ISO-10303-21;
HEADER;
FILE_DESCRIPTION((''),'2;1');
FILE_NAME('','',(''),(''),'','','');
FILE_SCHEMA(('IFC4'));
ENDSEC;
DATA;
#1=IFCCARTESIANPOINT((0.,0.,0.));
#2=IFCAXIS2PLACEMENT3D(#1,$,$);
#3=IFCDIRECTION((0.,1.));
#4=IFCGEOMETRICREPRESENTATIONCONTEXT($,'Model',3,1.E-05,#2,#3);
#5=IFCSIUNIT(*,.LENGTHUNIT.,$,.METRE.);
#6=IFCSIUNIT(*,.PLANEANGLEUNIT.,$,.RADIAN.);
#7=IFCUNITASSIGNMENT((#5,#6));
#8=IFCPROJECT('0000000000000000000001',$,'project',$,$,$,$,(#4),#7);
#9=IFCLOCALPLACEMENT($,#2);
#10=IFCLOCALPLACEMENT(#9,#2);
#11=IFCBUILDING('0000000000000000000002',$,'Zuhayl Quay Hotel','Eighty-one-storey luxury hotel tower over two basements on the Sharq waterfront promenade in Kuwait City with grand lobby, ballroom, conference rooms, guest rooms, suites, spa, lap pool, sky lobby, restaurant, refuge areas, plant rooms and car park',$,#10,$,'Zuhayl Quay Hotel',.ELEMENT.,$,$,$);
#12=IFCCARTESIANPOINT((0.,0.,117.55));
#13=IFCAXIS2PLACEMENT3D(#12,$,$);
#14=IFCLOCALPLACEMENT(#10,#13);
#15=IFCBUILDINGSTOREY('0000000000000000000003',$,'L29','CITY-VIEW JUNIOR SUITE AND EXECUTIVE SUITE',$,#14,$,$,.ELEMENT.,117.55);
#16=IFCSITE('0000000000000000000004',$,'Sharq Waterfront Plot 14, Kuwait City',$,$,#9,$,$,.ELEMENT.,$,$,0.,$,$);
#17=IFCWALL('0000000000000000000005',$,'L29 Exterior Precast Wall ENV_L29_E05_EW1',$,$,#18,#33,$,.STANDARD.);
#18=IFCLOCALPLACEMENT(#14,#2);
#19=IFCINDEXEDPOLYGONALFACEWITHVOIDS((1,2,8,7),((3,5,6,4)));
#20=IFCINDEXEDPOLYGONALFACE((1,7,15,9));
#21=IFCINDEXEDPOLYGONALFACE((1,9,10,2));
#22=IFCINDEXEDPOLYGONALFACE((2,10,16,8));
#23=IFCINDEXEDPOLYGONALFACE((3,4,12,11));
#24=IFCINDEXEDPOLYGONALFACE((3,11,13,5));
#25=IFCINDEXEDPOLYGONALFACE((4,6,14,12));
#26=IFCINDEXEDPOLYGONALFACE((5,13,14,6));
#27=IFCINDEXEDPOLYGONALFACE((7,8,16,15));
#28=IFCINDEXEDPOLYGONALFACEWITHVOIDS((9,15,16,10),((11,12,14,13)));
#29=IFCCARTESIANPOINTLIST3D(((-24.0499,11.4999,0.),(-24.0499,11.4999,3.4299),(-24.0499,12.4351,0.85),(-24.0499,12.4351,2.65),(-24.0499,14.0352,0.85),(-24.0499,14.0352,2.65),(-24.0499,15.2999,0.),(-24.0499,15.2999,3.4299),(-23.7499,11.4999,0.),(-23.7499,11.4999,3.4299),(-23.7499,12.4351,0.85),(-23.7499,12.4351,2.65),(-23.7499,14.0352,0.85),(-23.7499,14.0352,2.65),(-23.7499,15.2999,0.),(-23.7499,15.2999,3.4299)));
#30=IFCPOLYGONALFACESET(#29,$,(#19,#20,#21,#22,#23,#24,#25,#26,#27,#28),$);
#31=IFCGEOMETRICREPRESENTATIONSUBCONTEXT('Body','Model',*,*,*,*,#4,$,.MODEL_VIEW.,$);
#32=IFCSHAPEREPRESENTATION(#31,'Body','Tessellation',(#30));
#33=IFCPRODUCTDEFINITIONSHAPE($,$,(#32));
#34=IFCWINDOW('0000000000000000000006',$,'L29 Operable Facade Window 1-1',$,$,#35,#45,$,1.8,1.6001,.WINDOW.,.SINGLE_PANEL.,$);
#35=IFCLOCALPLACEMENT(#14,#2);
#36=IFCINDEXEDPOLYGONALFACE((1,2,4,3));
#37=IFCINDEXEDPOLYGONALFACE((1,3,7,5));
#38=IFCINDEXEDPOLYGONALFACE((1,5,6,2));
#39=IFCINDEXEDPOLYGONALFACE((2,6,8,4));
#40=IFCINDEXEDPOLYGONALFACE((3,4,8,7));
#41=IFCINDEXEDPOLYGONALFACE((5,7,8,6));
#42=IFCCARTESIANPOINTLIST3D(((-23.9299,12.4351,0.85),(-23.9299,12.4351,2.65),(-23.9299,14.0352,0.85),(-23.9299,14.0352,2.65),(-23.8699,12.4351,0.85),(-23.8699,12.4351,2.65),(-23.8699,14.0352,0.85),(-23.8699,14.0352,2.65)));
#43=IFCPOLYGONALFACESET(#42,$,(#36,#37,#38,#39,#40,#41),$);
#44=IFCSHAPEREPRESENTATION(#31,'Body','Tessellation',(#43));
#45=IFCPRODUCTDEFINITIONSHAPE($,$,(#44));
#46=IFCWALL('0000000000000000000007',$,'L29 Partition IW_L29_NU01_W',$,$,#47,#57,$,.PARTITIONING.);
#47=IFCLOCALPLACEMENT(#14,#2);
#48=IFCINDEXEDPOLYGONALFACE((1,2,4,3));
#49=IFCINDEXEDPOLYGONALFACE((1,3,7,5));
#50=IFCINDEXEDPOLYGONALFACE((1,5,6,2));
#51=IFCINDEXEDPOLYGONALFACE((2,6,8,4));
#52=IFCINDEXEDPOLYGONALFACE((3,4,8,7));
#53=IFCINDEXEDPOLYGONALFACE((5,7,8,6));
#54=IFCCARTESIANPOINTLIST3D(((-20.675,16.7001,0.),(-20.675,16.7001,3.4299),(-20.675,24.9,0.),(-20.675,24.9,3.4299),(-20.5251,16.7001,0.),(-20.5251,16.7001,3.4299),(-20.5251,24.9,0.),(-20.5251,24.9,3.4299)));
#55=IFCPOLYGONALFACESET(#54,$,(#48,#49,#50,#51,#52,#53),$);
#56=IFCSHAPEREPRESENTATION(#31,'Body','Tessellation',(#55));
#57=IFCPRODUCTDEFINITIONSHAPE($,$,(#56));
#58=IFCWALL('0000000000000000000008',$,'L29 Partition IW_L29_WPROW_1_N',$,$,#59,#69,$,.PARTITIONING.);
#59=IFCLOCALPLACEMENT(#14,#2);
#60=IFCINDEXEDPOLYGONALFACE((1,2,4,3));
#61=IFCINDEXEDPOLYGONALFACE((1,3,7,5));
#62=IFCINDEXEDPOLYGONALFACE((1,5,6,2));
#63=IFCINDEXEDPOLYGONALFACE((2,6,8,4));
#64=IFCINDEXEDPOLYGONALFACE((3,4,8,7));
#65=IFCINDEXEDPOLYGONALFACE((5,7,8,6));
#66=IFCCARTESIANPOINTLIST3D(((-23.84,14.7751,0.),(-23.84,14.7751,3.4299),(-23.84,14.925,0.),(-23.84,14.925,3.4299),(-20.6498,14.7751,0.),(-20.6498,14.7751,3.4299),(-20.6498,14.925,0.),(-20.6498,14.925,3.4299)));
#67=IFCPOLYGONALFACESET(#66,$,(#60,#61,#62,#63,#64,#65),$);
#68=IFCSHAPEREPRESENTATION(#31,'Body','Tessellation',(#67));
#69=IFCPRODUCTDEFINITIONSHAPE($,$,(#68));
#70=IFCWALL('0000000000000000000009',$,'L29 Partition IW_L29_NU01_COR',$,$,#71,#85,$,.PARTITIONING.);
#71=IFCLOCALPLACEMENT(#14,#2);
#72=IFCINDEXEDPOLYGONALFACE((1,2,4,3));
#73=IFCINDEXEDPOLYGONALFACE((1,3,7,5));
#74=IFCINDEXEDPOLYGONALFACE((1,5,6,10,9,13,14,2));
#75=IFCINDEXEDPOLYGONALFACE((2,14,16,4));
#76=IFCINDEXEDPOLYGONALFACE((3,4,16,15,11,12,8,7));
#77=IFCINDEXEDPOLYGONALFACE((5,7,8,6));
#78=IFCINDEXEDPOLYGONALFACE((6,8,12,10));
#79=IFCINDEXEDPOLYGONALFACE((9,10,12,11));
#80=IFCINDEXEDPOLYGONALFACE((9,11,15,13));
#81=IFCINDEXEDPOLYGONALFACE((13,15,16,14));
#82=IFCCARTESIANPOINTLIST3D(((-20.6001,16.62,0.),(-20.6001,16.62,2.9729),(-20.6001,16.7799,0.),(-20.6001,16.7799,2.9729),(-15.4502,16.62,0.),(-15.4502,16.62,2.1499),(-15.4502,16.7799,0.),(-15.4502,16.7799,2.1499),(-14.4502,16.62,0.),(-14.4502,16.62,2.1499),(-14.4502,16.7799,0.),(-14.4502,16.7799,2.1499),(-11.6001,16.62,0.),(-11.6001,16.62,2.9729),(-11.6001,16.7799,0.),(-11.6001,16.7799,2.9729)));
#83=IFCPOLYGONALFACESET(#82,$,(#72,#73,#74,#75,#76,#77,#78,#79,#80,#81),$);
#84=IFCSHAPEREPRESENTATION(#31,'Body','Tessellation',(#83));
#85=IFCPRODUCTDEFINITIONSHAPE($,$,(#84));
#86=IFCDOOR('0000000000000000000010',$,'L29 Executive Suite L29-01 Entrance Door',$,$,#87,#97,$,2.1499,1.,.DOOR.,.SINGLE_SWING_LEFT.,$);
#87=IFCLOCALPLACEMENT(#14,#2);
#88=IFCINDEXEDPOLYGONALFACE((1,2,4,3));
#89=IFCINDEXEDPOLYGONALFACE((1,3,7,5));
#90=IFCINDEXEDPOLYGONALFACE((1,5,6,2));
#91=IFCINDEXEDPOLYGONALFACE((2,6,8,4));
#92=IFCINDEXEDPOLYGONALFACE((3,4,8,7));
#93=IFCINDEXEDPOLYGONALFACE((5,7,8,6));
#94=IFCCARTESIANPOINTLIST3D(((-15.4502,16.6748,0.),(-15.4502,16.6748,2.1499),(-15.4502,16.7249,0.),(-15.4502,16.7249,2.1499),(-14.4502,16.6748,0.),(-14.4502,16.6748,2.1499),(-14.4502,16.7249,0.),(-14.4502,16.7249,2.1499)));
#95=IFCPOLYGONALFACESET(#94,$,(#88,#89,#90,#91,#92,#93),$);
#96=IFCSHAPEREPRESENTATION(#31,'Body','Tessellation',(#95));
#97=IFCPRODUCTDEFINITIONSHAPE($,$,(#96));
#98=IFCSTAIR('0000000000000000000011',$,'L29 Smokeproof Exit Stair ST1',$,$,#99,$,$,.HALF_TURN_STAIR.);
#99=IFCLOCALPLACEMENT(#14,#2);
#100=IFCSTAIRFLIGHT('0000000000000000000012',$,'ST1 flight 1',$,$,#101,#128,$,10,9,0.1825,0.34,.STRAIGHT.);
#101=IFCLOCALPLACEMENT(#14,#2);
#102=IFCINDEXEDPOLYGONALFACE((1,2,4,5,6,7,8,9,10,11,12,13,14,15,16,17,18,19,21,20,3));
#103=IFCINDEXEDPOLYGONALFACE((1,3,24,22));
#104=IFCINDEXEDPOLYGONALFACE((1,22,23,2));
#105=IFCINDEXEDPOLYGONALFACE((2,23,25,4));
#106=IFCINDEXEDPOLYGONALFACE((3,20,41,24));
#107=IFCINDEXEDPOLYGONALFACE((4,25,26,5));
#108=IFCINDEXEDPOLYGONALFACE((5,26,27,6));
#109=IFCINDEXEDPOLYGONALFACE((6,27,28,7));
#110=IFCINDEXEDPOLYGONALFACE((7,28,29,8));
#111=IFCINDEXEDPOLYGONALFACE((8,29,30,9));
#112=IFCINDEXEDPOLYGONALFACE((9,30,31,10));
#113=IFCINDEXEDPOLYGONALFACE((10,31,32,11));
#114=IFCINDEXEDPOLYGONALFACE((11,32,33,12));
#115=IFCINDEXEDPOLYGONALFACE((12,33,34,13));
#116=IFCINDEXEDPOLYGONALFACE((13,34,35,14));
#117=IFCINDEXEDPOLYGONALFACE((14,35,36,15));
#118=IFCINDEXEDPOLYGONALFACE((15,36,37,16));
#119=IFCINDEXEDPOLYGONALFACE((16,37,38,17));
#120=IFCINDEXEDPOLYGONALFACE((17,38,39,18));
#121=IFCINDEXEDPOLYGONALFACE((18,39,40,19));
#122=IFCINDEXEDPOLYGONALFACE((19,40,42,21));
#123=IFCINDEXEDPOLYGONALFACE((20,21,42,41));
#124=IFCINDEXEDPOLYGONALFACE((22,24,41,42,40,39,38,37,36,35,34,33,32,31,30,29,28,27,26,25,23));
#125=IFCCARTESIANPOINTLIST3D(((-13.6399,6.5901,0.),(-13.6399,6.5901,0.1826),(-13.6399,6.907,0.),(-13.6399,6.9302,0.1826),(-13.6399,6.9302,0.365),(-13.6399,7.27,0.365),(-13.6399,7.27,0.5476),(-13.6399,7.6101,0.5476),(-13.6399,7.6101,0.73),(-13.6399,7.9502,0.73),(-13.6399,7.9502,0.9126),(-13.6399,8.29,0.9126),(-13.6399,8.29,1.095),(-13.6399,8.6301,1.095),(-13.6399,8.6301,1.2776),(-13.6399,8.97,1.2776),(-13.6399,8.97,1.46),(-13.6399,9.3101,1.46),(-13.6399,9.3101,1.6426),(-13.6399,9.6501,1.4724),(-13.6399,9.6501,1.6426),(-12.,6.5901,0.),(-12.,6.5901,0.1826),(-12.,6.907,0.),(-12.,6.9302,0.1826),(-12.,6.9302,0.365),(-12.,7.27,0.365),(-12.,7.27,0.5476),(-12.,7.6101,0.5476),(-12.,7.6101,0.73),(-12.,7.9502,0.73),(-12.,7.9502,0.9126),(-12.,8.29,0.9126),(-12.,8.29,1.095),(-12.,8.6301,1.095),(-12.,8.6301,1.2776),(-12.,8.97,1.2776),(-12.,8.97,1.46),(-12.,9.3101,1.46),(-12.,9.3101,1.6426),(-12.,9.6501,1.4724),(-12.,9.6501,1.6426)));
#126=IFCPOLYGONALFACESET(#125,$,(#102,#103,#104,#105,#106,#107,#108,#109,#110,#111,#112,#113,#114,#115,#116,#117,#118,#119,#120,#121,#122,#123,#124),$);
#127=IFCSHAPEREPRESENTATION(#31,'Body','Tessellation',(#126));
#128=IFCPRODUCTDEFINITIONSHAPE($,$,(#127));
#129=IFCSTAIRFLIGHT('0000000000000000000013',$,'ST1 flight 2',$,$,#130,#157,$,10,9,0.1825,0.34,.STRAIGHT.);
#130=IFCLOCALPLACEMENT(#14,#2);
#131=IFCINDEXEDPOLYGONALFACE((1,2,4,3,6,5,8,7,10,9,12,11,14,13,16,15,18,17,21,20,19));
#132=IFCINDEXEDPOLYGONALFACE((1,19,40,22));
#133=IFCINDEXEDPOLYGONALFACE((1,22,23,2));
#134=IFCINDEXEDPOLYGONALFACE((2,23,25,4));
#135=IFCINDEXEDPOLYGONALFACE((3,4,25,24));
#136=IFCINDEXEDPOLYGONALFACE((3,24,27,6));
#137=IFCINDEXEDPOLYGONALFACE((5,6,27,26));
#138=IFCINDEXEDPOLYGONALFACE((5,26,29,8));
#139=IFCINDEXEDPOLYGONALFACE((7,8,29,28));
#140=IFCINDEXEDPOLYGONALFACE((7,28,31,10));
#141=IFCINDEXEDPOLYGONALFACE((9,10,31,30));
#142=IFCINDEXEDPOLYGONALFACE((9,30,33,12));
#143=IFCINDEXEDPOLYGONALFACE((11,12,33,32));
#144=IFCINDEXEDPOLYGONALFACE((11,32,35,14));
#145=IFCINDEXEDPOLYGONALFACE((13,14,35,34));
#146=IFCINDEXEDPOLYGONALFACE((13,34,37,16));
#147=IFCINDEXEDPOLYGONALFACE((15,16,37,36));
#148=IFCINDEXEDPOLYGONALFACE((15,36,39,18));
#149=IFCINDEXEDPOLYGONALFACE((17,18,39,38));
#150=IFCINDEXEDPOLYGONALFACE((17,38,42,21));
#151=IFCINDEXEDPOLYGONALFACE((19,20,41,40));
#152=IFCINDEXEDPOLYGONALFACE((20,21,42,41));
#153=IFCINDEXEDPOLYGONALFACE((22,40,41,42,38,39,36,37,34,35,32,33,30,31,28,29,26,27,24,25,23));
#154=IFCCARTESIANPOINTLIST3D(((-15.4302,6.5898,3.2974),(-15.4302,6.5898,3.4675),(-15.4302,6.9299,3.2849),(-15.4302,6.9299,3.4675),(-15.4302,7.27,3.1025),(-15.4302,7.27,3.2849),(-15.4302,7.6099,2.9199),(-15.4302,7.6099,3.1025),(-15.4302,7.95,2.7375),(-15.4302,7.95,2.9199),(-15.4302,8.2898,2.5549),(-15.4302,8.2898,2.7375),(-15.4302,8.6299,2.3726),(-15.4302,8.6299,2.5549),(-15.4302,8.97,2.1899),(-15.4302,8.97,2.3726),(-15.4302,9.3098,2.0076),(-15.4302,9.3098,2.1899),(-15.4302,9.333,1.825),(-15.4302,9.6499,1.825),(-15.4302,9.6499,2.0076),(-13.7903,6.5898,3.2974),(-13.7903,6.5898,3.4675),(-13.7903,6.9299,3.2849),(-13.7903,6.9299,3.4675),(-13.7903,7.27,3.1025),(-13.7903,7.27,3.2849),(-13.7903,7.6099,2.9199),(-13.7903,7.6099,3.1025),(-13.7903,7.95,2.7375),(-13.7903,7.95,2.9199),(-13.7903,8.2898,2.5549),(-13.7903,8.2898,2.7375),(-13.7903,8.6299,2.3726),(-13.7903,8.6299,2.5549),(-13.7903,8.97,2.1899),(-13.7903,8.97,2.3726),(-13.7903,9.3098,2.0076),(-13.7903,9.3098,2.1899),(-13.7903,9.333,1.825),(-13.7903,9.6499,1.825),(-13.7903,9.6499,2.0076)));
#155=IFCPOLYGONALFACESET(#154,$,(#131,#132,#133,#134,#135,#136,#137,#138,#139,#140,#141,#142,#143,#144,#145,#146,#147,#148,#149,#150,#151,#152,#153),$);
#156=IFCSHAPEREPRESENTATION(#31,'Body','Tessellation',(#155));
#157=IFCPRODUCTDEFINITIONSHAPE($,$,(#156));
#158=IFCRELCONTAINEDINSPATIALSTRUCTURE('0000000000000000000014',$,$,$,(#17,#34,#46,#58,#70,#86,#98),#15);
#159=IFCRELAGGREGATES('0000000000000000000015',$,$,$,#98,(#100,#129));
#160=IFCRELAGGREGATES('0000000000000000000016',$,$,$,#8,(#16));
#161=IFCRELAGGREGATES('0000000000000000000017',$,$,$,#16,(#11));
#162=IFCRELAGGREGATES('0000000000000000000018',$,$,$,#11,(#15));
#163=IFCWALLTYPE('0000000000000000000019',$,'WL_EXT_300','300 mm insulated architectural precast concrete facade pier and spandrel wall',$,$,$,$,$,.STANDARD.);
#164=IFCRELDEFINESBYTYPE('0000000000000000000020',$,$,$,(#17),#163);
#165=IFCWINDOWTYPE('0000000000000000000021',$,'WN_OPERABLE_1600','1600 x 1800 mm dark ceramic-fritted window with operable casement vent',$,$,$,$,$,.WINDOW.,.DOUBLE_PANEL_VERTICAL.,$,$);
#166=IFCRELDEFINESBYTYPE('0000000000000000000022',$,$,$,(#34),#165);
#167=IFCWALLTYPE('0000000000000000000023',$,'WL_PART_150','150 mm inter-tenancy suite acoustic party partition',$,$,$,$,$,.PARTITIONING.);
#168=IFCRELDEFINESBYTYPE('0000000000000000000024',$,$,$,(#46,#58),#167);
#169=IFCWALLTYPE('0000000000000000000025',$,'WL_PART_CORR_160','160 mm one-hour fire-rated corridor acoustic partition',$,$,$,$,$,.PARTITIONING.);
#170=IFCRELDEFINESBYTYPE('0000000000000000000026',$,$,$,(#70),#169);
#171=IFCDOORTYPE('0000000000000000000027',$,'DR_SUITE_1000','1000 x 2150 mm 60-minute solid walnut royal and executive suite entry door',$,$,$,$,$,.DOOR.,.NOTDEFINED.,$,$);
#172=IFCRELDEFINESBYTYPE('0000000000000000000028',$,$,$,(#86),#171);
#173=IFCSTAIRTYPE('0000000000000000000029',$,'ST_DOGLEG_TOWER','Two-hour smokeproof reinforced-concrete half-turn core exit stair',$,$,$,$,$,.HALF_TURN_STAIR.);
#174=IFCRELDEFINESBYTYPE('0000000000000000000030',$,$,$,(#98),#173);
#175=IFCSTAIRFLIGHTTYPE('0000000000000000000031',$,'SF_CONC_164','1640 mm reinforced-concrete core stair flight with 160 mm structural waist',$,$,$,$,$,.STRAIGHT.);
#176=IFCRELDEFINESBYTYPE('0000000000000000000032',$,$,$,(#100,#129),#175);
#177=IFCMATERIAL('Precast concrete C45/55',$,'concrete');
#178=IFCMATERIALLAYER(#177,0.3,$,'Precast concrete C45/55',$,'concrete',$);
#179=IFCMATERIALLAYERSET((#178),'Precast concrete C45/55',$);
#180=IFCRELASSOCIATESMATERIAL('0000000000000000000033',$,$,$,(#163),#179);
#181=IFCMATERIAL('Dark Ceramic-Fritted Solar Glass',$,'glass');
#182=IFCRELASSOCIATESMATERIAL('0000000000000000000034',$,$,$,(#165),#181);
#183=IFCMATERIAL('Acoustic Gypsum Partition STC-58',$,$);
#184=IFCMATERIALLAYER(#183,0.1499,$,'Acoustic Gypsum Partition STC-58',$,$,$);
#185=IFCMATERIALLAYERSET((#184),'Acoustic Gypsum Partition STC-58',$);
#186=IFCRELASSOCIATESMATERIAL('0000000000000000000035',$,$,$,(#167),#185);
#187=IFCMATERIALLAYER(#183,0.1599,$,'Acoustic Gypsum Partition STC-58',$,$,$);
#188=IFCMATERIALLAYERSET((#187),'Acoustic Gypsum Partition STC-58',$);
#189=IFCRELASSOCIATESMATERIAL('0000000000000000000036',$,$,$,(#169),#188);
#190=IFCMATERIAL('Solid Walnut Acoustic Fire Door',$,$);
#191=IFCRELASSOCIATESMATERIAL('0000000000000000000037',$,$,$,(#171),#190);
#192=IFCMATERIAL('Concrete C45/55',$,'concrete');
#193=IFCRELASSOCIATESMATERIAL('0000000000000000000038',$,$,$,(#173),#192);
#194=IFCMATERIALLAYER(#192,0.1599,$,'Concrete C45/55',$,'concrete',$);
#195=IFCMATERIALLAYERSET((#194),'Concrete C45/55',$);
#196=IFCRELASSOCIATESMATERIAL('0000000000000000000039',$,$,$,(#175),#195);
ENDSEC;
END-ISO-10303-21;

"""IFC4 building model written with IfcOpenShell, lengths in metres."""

from ifc_helpers import new_model, si_unit, direction, frame, frame_2d, origin, place, context, subcontext, project, spatial, polyline, rectangle, outline, extrude, material, layer, layer_set, type_object, element, fill, aggregate, save


model = new_model("IFC4")

# Units and contexts
model_context = context("Model", 3, precision=1e-05, world=origin(), true_north=direction((0.0, 1.0)))
body_context = subcontext(model_context, "Body", "Model", "MODEL_VIEW")
ifc_project = project(units=[si_unit("LENGTHUNIT", "METRE"), si_unit("PLANEANGLEUNIT", "RADIAN")], contexts=[model_context])

# Site, building, storey
site_placement = place(None, origin())
site = spatial("IfcSite", under=ifc_project, at=site_placement, Name="Sharq Waterfront Plot 14, Kuwait City", CompositionType="ELEMENT", RefElevation=0.0)
building_placement = place(site_placement, origin())
building = spatial("IfcBuilding", under=site, at=building_placement, Name="Zuhayl Quay Hotel", Description="Eighty-one-storey luxury hotel tower over two basements on the Sharq waterfront promenade in Kuwait City with grand lobby, ballroom, conference rooms, guest rooms, suites, spa, lap pool, sky lobby, restaurant, refuge areas, plant rooms and car park", LongName="Zuhayl Quay Hotel", CompositionType="ELEMENT")
storey_placement = place(building_placement, frame((0.0, 0.0, 117.55)))
storey = spatial("IfcBuildingStorey", under=building, at=storey_placement, Name="L29", Description="CITY-VIEW JUNIOR SUITE AND EXECUTIVE SUITE", CompositionType="ELEMENT", Elevation=117.55)

# Shared definitions
ifc_material_1 = material(Name="Precast concrete C45/55", Category="concrete")
ifc_layer_1 = layer(ifc_material_1, 0.3, Name="Precast concrete C45/55", Category="concrete")
ifc_layer_set_1 = layer_set([ifc_layer_1], Name="Precast concrete C45/55")
wall_type_1 = type_object("IfcWallType", Name="WL_EXT_300", Description="300 mm insulated architectural precast concrete facade pier and spandrel wall", PredefinedType="STANDARD", material=ifc_layer_set_1)

# Wall, opening, window
wall_1_placement = place(storey_placement, frame((-23.8999, 11.5, 0.0), z_axis=(0.0, 0.0, 1.0), x_axis=(0.0, 1.0, 0.0)))
wall_1 = element("IfcWall", 1, at=wall_1_placement, inside=storey, type_object=wall_type_1, Name="L29 Exterior Precast Wall ENV_L29_E05_EW1", PredefinedType="STANDARD", context=body_context, shape_type="SweptSolid", body=[
    extrude(rectangle(XDim=3.8, YDim=0.3, at=frame_2d((1.8999, 0.0))), origin(), (0.0, 0.0, 1.0), 3.4299),
])
opening_1_placement = place(wall_1_placement, frame((0.9351, 0.0, 0.8501)))
opening_1 = element("IfcOpeningElement", 2, at=opening_1_placement, cuts=wall_1, PredefinedType="OPENING", context=body_context, shape_type="SweptSolid", body=[
    extrude(rectangle(XDim=1.6001, YDim=1.8, at=frame_2d((0.8, 0.8999))), frame((0.0, 0.1599, 0.0), z_axis=(0.0, -1.0, 0.0), x_axis=(1.0, 0.0, 0.0)), (0.0, 0.0, 1.0), 0.3201),
])
ifc_material_2 = material(Name="Dark Ceramic-Fritted Solar Glass", Category="glass")
window_type = type_object("IfcWindowType", Name="WN_OPERABLE_1600", Description="1600 x 1800 mm dark ceramic-fritted window with operable casement vent", PartitioningType="DOUBLE_PANEL_VERTICAL", PredefinedType="WINDOW", material=ifc_material_2)
window_placement = place(opening_1_placement, origin())
window = element("IfcWindow", 3, at=window_placement, inside=storey, type_object=window_type, Name="L29 Operable Facade Window 1-1", OverallHeight=1.8, OverallWidth=1.6001, PartitioningType="SINGLE_PANEL", PredefinedType="WINDOW", context=body_context, shape_type="SweptSolid", body=[
    extrude(rectangle(XDim=1.6001, YDim=1.8, at=frame_2d((0.8, 0.8999))), frame((0.0, 0.03, 0.0), z_axis=(0.0, -1.0, 0.0), x_axis=(1.0, 0.0, 0.0)), (0.0, 0.0, 1.0), 0.0601),
])
fill(opening_1, window)

# Walls
ifc_material_3 = material(Name="Acoustic Gypsum Partition STC-58")
ifc_layer_2 = layer(ifc_material_3, 0.1499, Name="Acoustic Gypsum Partition STC-58")
ifc_layer_set_2 = layer_set([ifc_layer_2], Name="Acoustic Gypsum Partition STC-58")
wall_type_2 = type_object("IfcWallType", Name="WL_PART_150", Description="150 mm inter-tenancy suite acoustic party partition", PredefinedType="PARTITIONING", material=ifc_layer_set_2)
wall_2_placement = place(storey_placement, frame((-20.6001, 16.7, 0.0), z_axis=(0.0, 0.0, 1.0), x_axis=(0.0, 1.0, 0.0)))
element("IfcWall", 4, at=wall_2_placement, inside=storey, type_object=wall_type_2, Name="L29 Partition IW_L29_NU01_W", PredefinedType="PARTITIONING", context=body_context, shape_type="SweptSolid", body=[
    extrude(rectangle(XDim=8.2, YDim=0.1499, at=frame_2d((4.1001, 0.0))), origin(), (0.0, 0.0, 1.0), 3.4299),
])
wall_3_placement = place(storey_placement, frame((-23.8401, 14.8501, 0.0), z_axis=(0.0, 0.0, 1.0), x_axis=(1.0, 0.0, 0.0)))
element("IfcWall", 5, at=wall_3_placement, inside=storey, type_object=wall_type_2, Name="L29 Partition IW_L29_WPROW_1_N", PredefinedType="PARTITIONING", context=body_context, shape_type="SweptSolid", body=[
    extrude(rectangle(XDim=3.1902, YDim=0.1499, at=frame_2d((1.5952, 0.0))), origin(), (0.0, 0.0, 1.0), 3.4299),
])

# Wall, opening, door
ifc_layer_3 = layer(ifc_material_3, 0.1599, Name="Acoustic Gypsum Partition STC-58")
ifc_layer_set_3 = layer_set([ifc_layer_3], Name="Acoustic Gypsum Partition STC-58")
wall_type_3 = type_object("IfcWallType", Name="WL_PART_CORR_160", Description="160 mm one-hour fire-rated corridor acoustic partition", PredefinedType="PARTITIONING", material=ifc_layer_set_3)
wall_4_placement = place(storey_placement, frame((-20.6001, 16.7, 0.0), z_axis=(0.0, 0.0, 1.0), x_axis=(1.0, 0.0, 0.0)))
wall_4 = element("IfcWall", 6, at=wall_4_placement, inside=storey, type_object=wall_type_3, Name="L29 Partition IW_L29_NU01_COR", PredefinedType="PARTITIONING", context=body_context, shape_type="SweptSolid", body=[
    extrude(rectangle(XDim=9.0, YDim=0.1599, at=frame_2d((4.5, 0.0))), origin(), (0.0, 0.0, 1.0), 2.9729),
])
opening_2_placement = place(wall_4_placement, frame((5.1499, 0.0, 0.0)))
opening_2 = element("IfcOpeningElement", 7, at=opening_2_placement, cuts=wall_4, PredefinedType="OPENING", context=body_context, shape_type="SweptSolid", body=[
    extrude(rectangle(XDim=1.0, YDim=2.1499, at=frame_2d((0.5, 1.075))), frame((0.0, 0.0898, 0.0), z_axis=(0.0, -1.0, 0.0), x_axis=(1.0, 0.0, 0.0)), (0.0, 0.0, 1.0), 0.1799),
])
ifc_material_4 = material(Name="Solid Walnut Acoustic Fire Door")
door_type = type_object("IfcDoorType", Name="DR_SUITE_1000", Description="1000 x 2150 mm 60-minute solid walnut royal and executive suite entry door", OperationType="NOTDEFINED", PredefinedType="DOOR", material=ifc_material_4)
door_placement = place(opening_2_placement, origin())
door = element("IfcDoor", 8, at=door_placement, inside=storey, type_object=door_type, Name="L29 Executive Suite L29-01 Entrance Door", OperationType="SINGLE_SWING_LEFT", OverallHeight=2.1499, OverallWidth=1.0, PredefinedType="DOOR", context=body_context, shape_type="SweptSolid", body=[
    extrude(rectangle(XDim=1.0, YDim=2.1499, at=frame_2d((0.5, 1.075))), frame((0.0, 0.0249, 0.0), z_axis=(0.0, -1.0, 0.0), x_axis=(1.0, 0.0, 0.0)), (0.0, 0.0, 1.0), 0.05),
])
fill(opening_2, door)

# Stair, stair flights
ifc_material_5 = material(Name="Concrete C45/55", Category="concrete")
stair_type = type_object("IfcStairType", Name="ST_DOGLEG_TOWER", Description="Two-hour smokeproof reinforced-concrete half-turn core exit stair", PredefinedType="HALF_TURN_STAIR", material=ifc_material_5)
stair_placement = place(storey_placement, origin())
stair = element("IfcStair", 9, at=stair_placement, inside=storey, type_object=stair_type, Name="L29 Smokeproof Exit Stair ST1", PredefinedType="HALF_TURN_STAIR")
ifc_layer_4 = layer(ifc_material_5, 0.1599, Name="Concrete C45/55", Category="concrete")
ifc_layer_set_4 = layer_set([ifc_layer_4], Name="Concrete C45/55")
stair_flight_type = type_object("IfcStairFlightType", Name="SF_CONC_164", Description="1640 mm reinforced-concrete core stair flight with 160 mm structural waist", PredefinedType="STRAIGHT", material=ifc_layer_set_4)
stair_flight_1_placement = place(storey_placement, frame((-12.8201, 6.5901, 0.0), z_axis=(0.0, 0.0, 1.0), x_axis=(0.0, 1.0, 0.0)))
stair_flight_1 = element("IfcStairFlight", 10, at=stair_flight_1_placement, type_object=stair_flight_type, Name="ST1 flight 1", NumberOfRisers=10, NumberOfTreads=9, PredefinedType="STRAIGHT", RiserHeight=0.1825, TreadLength=0.34, context=body_context, shape_type="SweptSolid", body=[
    extrude(outline(polyline([(0.0, 0.0), (0.0, 0.1826), (0.3401, 0.1826), (0.3401, 0.365), (0.6799, 0.365), (0.6799, 0.5476), (1.02, 0.5476), (1.02, 0.73), (1.3601, 0.73), (1.3601, 0.9126), (1.7, 0.9126), (1.7, 1.095), (2.04, 1.095), (2.04, 1.2776), (2.3799, 1.2776), (2.3799, 1.46), (2.72, 1.46), (2.72, 1.6426), (3.0601, 1.6426), (3.0601, 1.825), (3.0601, 1.4724), (0.3169, 0.0), (0.0, 0.0)])), frame((0.0, 0.8198, 0.0), z_axis=(0.0, -1.0, 0.0), x_axis=(1.0, 0.0, 0.0)), (0.0, 0.0, 1.0), 1.6399),
])
stair_flight_2_placement = place(storey_placement, frame((-14.6101, 9.6499, 1.825), z_axis=(0.0, 0.0, 1.0), x_axis=(0.0, -1.0, 0.0)))
stair_flight_2 = element("IfcStairFlight", 11, at=stair_flight_2_placement, type_object=stair_flight_type, Name="ST1 flight 2", NumberOfRisers=10, NumberOfTreads=9, PredefinedType="STRAIGHT", RiserHeight=0.1825, TreadLength=0.34, context=body_context, shape_type="SweptSolid", body=[
    extrude(outline(polyline([(0.0, 0.0), (0.0, 0.1826), (0.3401, 0.1826), (0.3401, 0.365), (0.6799, 0.365), (0.6799, 0.5476), (1.02, 0.5476), (1.02, 0.73), (1.3601, 0.73), (1.3601, 0.9126), (1.7, 0.9126), (1.7, 1.095), (2.04, 1.095), (2.04, 1.2776), (2.3799, 1.2776), (2.3799, 1.46), (2.72, 1.46), (2.72, 1.6426), (3.0601, 1.6426), (3.0601, 1.825), (3.0601, 1.4724), (0.3169, 0.0), (0.0, 0.0)])), frame((0.0, 0.8198, 0.0), z_axis=(0.0, -1.0, 0.0), x_axis=(1.0, 0.0, 0.0)), (0.0, 0.0, 1.0), 1.6399),
])
aggregate(stair, [stair_flight_1, stair_flight_2])

save(model, "model.ifc")
